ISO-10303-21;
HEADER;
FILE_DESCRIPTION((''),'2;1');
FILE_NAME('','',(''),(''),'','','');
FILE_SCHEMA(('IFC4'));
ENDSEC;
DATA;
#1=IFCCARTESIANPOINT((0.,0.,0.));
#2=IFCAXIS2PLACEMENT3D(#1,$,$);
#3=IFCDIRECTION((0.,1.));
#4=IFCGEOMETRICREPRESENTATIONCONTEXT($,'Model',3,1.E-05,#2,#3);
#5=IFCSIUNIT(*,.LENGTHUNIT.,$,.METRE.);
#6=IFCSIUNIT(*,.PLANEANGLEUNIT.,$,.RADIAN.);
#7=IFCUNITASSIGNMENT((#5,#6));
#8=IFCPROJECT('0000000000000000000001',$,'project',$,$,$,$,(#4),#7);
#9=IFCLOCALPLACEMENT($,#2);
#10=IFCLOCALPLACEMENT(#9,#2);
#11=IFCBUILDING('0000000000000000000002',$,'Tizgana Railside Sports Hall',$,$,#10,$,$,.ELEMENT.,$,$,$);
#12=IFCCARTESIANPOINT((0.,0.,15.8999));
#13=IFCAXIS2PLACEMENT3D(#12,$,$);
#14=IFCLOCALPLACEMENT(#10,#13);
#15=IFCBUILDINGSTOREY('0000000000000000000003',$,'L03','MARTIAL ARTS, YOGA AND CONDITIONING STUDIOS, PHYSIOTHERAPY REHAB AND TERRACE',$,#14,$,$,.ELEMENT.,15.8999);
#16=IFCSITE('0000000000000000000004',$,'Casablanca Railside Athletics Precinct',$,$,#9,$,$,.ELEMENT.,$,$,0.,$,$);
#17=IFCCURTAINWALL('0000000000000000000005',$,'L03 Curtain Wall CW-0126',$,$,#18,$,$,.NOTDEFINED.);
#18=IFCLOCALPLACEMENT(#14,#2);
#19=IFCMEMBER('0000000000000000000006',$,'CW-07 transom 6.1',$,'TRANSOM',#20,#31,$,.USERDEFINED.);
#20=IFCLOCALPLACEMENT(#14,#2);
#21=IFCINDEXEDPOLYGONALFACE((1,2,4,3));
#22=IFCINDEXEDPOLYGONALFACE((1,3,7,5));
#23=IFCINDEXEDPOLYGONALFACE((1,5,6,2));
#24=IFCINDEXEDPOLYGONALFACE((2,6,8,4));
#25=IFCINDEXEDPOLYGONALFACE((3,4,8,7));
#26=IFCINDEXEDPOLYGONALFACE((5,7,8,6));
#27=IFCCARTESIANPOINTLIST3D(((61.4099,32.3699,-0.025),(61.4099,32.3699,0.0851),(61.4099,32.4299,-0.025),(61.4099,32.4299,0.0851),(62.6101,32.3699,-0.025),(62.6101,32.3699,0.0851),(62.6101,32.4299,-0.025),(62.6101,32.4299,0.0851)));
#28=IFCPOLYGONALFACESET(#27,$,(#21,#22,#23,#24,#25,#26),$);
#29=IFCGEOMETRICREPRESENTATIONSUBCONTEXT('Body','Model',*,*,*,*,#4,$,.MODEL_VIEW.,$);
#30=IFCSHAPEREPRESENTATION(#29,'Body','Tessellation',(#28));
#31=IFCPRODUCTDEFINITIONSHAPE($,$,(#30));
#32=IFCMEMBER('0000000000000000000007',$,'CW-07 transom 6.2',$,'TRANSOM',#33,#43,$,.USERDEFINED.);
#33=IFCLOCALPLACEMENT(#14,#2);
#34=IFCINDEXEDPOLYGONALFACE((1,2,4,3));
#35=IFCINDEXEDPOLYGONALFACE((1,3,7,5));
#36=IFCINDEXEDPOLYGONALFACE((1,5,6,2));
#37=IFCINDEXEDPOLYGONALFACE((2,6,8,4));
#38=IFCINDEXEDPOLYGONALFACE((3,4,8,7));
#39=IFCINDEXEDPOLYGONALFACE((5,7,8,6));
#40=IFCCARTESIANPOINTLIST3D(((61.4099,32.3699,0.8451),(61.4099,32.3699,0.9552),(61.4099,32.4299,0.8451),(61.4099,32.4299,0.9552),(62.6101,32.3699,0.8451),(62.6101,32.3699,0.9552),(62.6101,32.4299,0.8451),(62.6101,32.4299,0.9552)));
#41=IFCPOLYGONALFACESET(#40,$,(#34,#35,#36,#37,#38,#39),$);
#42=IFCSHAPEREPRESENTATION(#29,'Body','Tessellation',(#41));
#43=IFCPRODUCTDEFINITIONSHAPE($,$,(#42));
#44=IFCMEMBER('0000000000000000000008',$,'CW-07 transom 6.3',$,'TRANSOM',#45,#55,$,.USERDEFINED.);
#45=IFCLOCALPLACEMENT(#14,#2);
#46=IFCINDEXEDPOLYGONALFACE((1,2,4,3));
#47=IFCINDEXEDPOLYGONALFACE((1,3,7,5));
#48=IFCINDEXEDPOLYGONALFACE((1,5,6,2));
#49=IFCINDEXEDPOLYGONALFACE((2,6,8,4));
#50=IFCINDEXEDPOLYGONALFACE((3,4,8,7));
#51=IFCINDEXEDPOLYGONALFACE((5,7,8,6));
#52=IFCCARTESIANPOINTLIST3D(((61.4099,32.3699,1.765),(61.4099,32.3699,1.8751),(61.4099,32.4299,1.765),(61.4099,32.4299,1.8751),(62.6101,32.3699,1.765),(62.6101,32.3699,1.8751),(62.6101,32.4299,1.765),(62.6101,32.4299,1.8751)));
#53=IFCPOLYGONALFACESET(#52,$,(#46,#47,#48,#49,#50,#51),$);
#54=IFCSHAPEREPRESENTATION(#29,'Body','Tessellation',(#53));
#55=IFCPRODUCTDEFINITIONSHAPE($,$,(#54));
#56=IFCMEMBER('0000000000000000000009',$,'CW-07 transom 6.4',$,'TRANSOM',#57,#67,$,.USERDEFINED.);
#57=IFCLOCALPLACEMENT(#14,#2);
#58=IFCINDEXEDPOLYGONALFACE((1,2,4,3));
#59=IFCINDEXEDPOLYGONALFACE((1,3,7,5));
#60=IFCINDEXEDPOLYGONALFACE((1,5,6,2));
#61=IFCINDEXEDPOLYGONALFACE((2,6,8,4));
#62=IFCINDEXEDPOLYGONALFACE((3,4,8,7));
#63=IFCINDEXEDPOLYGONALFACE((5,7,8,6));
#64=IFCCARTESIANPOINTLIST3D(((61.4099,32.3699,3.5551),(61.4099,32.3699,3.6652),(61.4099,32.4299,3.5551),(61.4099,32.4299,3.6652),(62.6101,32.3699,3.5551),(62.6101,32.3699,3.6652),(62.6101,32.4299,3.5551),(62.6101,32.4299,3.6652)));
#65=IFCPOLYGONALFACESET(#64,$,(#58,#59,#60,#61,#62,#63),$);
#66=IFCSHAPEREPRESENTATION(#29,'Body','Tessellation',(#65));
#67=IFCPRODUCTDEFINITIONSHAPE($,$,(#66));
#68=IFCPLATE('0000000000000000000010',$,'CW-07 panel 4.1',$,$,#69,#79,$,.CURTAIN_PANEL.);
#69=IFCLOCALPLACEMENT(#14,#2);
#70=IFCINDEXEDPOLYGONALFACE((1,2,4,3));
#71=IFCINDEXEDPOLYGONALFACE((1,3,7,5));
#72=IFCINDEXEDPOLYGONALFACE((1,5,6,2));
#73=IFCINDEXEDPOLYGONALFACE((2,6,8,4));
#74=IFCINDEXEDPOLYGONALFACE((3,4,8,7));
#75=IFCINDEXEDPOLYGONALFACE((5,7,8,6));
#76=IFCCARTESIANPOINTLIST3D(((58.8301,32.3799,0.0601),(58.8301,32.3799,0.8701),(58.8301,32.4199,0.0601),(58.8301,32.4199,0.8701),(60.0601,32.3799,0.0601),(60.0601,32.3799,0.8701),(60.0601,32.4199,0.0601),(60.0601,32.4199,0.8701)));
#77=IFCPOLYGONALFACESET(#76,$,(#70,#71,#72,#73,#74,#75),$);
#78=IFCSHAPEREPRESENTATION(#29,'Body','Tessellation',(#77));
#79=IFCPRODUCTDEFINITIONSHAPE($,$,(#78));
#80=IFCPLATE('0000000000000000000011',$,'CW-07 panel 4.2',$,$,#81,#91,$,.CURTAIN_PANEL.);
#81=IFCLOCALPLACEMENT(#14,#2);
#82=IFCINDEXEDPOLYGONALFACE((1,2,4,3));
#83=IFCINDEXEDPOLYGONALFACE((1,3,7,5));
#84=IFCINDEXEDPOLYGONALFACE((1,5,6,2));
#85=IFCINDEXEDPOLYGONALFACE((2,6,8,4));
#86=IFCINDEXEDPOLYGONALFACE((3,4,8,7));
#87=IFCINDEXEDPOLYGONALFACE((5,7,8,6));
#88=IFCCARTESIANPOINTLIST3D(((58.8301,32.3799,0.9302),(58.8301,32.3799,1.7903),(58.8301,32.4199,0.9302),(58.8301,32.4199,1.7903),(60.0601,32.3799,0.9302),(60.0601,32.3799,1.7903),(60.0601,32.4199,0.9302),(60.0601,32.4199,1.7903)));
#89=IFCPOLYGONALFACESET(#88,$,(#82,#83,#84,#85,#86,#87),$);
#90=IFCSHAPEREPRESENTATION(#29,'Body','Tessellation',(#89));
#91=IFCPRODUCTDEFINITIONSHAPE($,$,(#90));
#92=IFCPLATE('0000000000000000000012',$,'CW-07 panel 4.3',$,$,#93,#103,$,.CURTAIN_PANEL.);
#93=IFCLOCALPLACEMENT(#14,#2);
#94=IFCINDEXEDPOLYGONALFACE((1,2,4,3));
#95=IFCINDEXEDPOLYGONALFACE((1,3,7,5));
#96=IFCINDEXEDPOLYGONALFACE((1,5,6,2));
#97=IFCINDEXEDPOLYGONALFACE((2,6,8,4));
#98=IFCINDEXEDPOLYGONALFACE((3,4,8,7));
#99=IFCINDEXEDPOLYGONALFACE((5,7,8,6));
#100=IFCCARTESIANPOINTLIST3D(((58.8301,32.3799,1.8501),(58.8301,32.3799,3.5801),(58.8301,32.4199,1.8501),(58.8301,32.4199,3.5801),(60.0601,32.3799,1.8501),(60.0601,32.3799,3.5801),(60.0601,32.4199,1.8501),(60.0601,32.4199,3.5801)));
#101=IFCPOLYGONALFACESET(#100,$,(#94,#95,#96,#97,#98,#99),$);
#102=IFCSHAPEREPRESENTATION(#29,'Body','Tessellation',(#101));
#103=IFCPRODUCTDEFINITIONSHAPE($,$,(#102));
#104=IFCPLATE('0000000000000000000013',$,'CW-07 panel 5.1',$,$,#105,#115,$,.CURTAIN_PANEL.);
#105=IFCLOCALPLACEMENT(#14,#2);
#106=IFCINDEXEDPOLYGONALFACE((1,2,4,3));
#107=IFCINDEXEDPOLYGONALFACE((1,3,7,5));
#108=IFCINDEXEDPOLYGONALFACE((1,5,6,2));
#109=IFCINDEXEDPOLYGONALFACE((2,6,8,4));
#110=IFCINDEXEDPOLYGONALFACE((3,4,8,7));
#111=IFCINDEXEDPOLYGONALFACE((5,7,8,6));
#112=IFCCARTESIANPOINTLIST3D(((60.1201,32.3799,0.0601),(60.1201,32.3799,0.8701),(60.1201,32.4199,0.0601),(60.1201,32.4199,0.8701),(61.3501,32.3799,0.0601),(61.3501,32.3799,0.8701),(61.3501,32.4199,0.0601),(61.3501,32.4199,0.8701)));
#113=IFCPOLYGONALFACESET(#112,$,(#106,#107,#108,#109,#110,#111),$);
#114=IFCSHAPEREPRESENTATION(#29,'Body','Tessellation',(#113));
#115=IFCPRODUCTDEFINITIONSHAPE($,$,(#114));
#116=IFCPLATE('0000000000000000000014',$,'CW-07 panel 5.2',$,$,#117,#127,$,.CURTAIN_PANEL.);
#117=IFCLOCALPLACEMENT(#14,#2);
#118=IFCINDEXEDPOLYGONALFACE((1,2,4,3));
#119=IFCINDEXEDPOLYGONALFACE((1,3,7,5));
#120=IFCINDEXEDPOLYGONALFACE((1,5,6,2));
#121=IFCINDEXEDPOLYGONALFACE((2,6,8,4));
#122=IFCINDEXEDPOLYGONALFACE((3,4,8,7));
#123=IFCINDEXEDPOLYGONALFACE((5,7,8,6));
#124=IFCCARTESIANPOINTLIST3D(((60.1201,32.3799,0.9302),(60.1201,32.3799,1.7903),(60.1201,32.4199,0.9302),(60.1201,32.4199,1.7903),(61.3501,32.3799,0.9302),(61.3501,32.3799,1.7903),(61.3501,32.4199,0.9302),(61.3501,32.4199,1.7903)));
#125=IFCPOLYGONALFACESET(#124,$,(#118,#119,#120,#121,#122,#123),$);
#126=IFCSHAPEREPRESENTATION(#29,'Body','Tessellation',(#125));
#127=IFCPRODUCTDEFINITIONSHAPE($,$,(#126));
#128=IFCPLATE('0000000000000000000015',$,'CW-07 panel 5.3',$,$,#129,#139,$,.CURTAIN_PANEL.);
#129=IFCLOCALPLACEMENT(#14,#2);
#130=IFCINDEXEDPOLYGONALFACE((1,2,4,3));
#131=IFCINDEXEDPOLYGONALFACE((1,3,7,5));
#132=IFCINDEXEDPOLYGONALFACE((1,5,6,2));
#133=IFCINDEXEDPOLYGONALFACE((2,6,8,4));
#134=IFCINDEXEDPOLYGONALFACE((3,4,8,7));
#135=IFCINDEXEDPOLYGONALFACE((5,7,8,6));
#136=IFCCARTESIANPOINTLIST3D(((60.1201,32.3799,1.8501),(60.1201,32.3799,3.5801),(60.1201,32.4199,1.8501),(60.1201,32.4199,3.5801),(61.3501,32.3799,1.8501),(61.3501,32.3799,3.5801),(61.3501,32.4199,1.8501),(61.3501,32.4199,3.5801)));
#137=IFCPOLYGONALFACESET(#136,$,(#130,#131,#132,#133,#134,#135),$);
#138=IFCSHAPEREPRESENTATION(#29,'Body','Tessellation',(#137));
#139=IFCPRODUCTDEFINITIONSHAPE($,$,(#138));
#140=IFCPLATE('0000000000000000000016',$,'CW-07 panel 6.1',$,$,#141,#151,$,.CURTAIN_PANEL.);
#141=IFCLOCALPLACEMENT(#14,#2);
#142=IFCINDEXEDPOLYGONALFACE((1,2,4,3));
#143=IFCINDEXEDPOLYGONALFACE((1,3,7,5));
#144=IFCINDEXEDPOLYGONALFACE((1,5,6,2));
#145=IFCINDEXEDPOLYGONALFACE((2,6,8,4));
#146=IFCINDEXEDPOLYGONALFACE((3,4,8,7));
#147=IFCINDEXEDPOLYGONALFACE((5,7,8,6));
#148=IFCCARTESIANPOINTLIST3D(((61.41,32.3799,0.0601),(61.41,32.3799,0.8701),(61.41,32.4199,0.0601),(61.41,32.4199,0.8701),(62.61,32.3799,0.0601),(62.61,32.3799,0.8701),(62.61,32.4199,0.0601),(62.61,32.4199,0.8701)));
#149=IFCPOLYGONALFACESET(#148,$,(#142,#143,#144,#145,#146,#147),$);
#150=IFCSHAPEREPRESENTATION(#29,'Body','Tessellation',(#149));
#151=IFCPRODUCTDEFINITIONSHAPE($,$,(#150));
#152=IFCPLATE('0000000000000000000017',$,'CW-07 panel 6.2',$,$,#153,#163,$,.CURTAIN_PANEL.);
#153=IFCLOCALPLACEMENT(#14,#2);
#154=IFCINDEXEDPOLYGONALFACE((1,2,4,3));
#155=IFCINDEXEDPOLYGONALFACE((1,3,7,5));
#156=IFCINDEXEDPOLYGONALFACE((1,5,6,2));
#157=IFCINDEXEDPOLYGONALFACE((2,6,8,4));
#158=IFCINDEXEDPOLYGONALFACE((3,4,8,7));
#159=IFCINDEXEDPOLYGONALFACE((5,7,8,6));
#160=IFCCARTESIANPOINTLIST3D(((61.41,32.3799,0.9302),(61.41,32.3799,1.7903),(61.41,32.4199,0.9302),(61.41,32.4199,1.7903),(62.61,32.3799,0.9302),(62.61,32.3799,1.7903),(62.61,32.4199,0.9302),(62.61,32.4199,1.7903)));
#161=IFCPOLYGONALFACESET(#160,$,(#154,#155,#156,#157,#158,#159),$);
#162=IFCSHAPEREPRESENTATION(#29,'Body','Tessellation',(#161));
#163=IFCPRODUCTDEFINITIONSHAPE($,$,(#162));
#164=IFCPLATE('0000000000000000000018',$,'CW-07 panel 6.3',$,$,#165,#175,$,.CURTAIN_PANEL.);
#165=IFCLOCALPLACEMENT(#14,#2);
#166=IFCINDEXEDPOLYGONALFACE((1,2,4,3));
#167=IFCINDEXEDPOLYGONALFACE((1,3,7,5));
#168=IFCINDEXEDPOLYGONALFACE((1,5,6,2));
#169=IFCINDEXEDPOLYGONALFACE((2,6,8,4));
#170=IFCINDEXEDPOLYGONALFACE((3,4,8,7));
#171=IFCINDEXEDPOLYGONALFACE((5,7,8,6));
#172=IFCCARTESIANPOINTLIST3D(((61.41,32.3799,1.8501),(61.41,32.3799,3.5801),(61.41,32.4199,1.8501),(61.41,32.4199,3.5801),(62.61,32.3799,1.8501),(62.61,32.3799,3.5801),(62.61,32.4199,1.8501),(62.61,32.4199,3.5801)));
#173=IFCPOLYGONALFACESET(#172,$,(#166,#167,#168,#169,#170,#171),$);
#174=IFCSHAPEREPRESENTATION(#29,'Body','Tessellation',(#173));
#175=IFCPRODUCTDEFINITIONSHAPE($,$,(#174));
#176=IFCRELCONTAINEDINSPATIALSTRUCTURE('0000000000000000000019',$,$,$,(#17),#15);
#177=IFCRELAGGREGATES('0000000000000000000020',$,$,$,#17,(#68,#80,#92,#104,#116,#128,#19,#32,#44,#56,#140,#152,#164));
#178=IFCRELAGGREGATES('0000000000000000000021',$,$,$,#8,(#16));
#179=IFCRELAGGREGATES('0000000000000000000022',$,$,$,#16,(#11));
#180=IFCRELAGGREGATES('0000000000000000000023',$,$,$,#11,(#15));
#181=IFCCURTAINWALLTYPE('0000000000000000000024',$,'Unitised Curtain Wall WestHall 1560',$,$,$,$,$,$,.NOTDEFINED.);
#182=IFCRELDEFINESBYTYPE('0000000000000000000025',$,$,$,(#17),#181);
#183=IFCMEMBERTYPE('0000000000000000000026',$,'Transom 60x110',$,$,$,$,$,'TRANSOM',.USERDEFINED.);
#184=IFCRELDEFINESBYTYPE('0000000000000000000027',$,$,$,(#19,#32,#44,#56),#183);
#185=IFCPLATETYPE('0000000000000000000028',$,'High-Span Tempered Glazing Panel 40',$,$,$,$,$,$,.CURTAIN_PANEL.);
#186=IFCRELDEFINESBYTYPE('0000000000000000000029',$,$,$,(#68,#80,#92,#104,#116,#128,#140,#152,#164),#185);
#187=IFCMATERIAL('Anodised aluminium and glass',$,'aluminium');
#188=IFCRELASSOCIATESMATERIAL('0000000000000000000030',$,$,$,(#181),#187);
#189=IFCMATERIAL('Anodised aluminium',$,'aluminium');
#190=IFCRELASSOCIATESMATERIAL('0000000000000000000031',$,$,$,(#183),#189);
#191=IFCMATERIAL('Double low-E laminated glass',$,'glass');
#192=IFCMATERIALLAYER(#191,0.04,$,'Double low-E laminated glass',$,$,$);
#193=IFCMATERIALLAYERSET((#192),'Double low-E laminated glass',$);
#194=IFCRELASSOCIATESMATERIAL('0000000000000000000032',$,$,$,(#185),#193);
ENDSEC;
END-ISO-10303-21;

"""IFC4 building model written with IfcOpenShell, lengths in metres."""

from ifc_helpers import new_model, si_unit, direction, frame, origin, origin_2d, place, context, subcontext, project, spatial, rectangle, extrude, material, layer, layer_set, material_profile, profile_set, type_object, element, aggregate, save


model = new_model("IFC4")

# Units and contexts
model_context = context("Model", 3, precision=1e-05, world=origin(), true_north=direction((0.0, 1.0)))
body_context = subcontext(model_context, "Body", "Model", "MODEL_VIEW")
ifc_project = project(units=[si_unit("LENGTHUNIT", "METRE"), si_unit("PLANEANGLEUNIT", "RADIAN")], contexts=[model_context])

# Site, building, storey
site_placement = place(None, origin())
site = spatial("IfcSite", under=ifc_project, at=site_placement, Name="Casablanca Railside Athletics Precinct", CompositionType="ELEMENT", RefElevation=0.0)
building_placement = place(site_placement, origin())
building = spatial("IfcBuilding", under=site, at=building_placement, Name="Tizgana Railside Sports Hall", CompositionType="ELEMENT")
storey_placement = place(building_placement, frame((0.0, 0.0, 15.8999)))
storey = spatial("IfcBuildingStorey", under=building, at=storey_placement, Name="L03", Description="MARTIAL ARTS, YOGA AND CONDITIONING STUDIOS, PHYSIOTHERAPY REHAB AND TERRACE", CompositionType="ELEMENT", Elevation=15.8999)

# Curtain wall
ifc_material_1 = material(Name="Anodised aluminium and glass", Category="aluminium")
curtain_wall_type = type_object("IfcCurtainWallType", Name="Unitised Curtain Wall WestHall 1560", PredefinedType="NOTDEFINED", material=ifc_material_1)
curtain_wall_placement = place(storey_placement, origin())
curtain_wall = element("IfcCurtainWall", 1, at=curtain_wall_placement, inside=storey, type_object=curtain_wall_type, Name="L03 Curtain Wall CW-0126", PredefinedType="NOTDEFINED")
ifc_material_2 = material(Name="Anodised aluminium", Category="aluminium")

# Members
ifc_material_profile_1 = material_profile(ifc_material_2, rectangle(XDim=0.0601, YDim=0.1101, at=origin_2d()), Name="Transom 60x110")
ifc_profile_set_1 = profile_set([ifc_material_profile_1], Name="Anodised aluminium")
member_type_1 = type_object("IfcMemberType", Name="Transom 60x110", ElementType="TRANSOM", PredefinedType="USERDEFINED", material=ifc_profile_set_1)
member_1_placement = place(storey_placement, frame((61.4099, 32.3999, 0.03), z_axis=(1.0, 0.0, 0.0), x_axis=(0.0, 1.0, 0.0)))
member_1 = element("IfcMember", 2, at=member_1_placement, type_object=member_type_1, Name="CW-07 transom 6.1", ObjectType="TRANSOM", PredefinedType="USERDEFINED", context=body_context, shape_type="SweptSolid", body=[
    extrude(rectangle(XDim=0.0601, YDim=0.1101, at=origin_2d()), origin(), (0.0, 0.0, 1.0), 1.2002),
])
member_2_placement = place(storey_placement, frame((61.4099, 32.3999, 0.9001), z_axis=(1.0, 0.0, 0.0), x_axis=(0.0, 1.0, 0.0)))
member_2 = element("IfcMember", 3, at=member_2_placement, type_object=member_type_1, Name="CW-07 transom 6.2", ObjectType="TRANSOM", PredefinedType="USERDEFINED", context=body_context, shape_type="SweptSolid", body=[
    extrude(rectangle(XDim=0.0601, YDim=0.1101, at=origin_2d()), origin(), (0.0, 0.0, 1.0), 1.2002),
])
member_3_placement = place(storey_placement, frame((61.4099, 32.3999, 1.8201), z_axis=(1.0, 0.0, 0.0), x_axis=(0.0, 1.0, 0.0)))
member_3 = element("IfcMember", 4, at=member_3_placement, type_object=member_type_1, Name="CW-07 transom 6.3", ObjectType="TRANSOM", PredefinedType="USERDEFINED", context=body_context, shape_type="SweptSolid", body=[
    extrude(rectangle(XDim=0.0601, YDim=0.1101, at=origin_2d()), origin(), (0.0, 0.0, 1.0), 1.2002),
])
member_4_placement = place(storey_placement, frame((61.4099, 32.3999, 3.6101), z_axis=(1.0, 0.0, 0.0), x_axis=(0.0, 1.0, 0.0)))
member_4 = element("IfcMember", 5, at=member_4_placement, type_object=member_type_1, Name="CW-07 transom 6.4", ObjectType="TRANSOM", PredefinedType="USERDEFINED", context=body_context, shape_type="SweptSolid", body=[
    extrude(rectangle(XDim=0.0601, YDim=0.1101, at=origin_2d()), origin(), (0.0, 0.0, 1.0), 1.2002),
])

# Plates
ifc_material_3 = material(Name="Double low-E laminated glass", Category="glass")
ifc_layer_1 = layer(ifc_material_3, 0.04, Name="Double low-E laminated glass")
ifc_layer_set_1 = layer_set([ifc_layer_1], Name="Double low-E laminated glass")
plate_type = type_object("IfcPlateType", Name="High-Span Tempered Glazing Panel 40", PredefinedType="CURTAIN_PANEL", material=ifc_layer_set_1)
plate_1_placement = place(storey_placement, frame((59.4451, 32.3999, 0.0601), z_axis=(0.0, 0.0, 1.0), x_axis=(1.0, 0.0, 0.0)))
plate_1 = element("IfcPlate", 6, at=plate_1_placement, type_object=plate_type, Name="CW-07 panel 4.1", PredefinedType="CURTAIN_PANEL", context=body_context, shape_type="SweptSolid", body=[
    extrude(rectangle(XDim=1.23, YDim=0.04, at=origin_2d()), origin(), (0.0, 0.0, 1.0), 0.8101),
])
plate_2_placement = place(storey_placement, frame((59.4451, 32.3999, 0.9302), z_axis=(0.0, 0.0, 1.0), x_axis=(1.0, 0.0, 0.0)))
plate_2 = element("IfcPlate", 7, at=plate_2_placement, type_object=plate_type, Name="CW-07 panel 4.2", PredefinedType="CURTAIN_PANEL", context=body_context, shape_type="SweptSolid", body=[
    extrude(rectangle(XDim=1.23, YDim=0.04, at=origin_2d()), origin(), (0.0, 0.0, 1.0), 0.8601),
])
plate_3_placement = place(storey_placement, frame((59.4451, 32.3999, 1.8501), z_axis=(0.0, 0.0, 1.0), x_axis=(1.0, 0.0, 0.0)))
plate_3 = element("IfcPlate", 8, at=plate_3_placement, type_object=plate_type, Name="CW-07 panel 4.3", PredefinedType="CURTAIN_PANEL", context=body_context, shape_type="SweptSolid", body=[
    extrude(rectangle(XDim=1.23, YDim=0.04, at=origin_2d()), origin(), (0.0, 0.0, 1.0), 1.73),
])
plate_4_placement = place(storey_placement, frame((60.7351, 32.3999, 0.0601), z_axis=(0.0, 0.0, 1.0), x_axis=(1.0, 0.0, 0.0)))
plate_4 = element("IfcPlate", 9, at=plate_4_placement, type_object=plate_type, Name="CW-07 panel 5.1", PredefinedType="CURTAIN_PANEL", context=body_context, shape_type="SweptSolid", body=[
    extrude(rectangle(XDim=1.23, YDim=0.04, at=origin_2d()), origin(), (0.0, 0.0, 1.0), 0.8101),
])
plate_5_placement = place(storey_placement, frame((60.7351, 32.3999, 0.9302), z_axis=(0.0, 0.0, 1.0), x_axis=(1.0, 0.0, 0.0)))
plate_5 = element("IfcPlate", 10, at=plate_5_placement, type_object=plate_type, Name="CW-07 panel 5.2", PredefinedType="CURTAIN_PANEL", context=body_context, shape_type="SweptSolid", body=[
    extrude(rectangle(XDim=1.23, YDim=0.04, at=origin_2d()), origin(), (0.0, 0.0, 1.0), 0.8601),
])
plate_6_placement = place(storey_placement, frame((60.7351, 32.3999, 1.8501), z_axis=(0.0, 0.0, 1.0), x_axis=(1.0, 0.0, 0.0)))
plate_6 = element("IfcPlate", 11, at=plate_6_placement, type_object=plate_type, Name="CW-07 panel 5.3", PredefinedType="CURTAIN_PANEL", context=body_context, shape_type="SweptSolid", body=[
    extrude(rectangle(XDim=1.23, YDim=0.04, at=origin_2d()), origin(), (0.0, 0.0, 1.0), 1.73),
])
plate_7_placement = place(storey_placement, frame((62.01, 32.3999, 0.0601), z_axis=(0.0, 0.0, 1.0), x_axis=(1.0, 0.0, 0.0)))
plate_7 = element("IfcPlate", 12, at=plate_7_placement, type_object=plate_type, Name="CW-07 panel 6.1", PredefinedType="CURTAIN_PANEL", context=body_context, shape_type="SweptSolid", body=[
    extrude(rectangle(XDim=1.2, YDim=0.04, at=origin_2d()), origin(), (0.0, 0.0, 1.0), 0.8101),
])
plate_8_placement = place(storey_placement, frame((62.01, 32.3999, 0.9302), z_axis=(0.0, 0.0, 1.0), x_axis=(1.0, 0.0, 0.0)))
plate_8 = element("IfcPlate", 13, at=plate_8_placement, type_object=plate_type, Name="CW-07 panel 6.2", PredefinedType="CURTAIN_PANEL", context=body_context, shape_type="SweptSolid", body=[
    extrude(rectangle(XDim=1.2, YDim=0.04, at=origin_2d()), origin(), (0.0, 0.0, 1.0), 0.8601),
])
plate_9_placement = place(storey_placement, frame((62.01, 32.3999, 1.8501), z_axis=(0.0, 0.0, 1.0), x_axis=(1.0, 0.0, 0.0)))
plate_9 = element("IfcPlate", 14, at=plate_9_placement, type_object=plate_type, Name="CW-07 panel 6.3", PredefinedType="CURTAIN_PANEL", context=body_context, shape_type="SweptSolid", body=[
    extrude(rectangle(XDim=1.2, YDim=0.04, at=origin_2d()), origin(), (0.0, 0.0, 1.0), 1.73),
])
aggregate(curtain_wall, [plate_1, plate_2, plate_3, plate_4, plate_5, plate_6, member_1, member_2, member_3, member_4, plate_7, plate_8, plate_9])

save(model, "model.ifc")
